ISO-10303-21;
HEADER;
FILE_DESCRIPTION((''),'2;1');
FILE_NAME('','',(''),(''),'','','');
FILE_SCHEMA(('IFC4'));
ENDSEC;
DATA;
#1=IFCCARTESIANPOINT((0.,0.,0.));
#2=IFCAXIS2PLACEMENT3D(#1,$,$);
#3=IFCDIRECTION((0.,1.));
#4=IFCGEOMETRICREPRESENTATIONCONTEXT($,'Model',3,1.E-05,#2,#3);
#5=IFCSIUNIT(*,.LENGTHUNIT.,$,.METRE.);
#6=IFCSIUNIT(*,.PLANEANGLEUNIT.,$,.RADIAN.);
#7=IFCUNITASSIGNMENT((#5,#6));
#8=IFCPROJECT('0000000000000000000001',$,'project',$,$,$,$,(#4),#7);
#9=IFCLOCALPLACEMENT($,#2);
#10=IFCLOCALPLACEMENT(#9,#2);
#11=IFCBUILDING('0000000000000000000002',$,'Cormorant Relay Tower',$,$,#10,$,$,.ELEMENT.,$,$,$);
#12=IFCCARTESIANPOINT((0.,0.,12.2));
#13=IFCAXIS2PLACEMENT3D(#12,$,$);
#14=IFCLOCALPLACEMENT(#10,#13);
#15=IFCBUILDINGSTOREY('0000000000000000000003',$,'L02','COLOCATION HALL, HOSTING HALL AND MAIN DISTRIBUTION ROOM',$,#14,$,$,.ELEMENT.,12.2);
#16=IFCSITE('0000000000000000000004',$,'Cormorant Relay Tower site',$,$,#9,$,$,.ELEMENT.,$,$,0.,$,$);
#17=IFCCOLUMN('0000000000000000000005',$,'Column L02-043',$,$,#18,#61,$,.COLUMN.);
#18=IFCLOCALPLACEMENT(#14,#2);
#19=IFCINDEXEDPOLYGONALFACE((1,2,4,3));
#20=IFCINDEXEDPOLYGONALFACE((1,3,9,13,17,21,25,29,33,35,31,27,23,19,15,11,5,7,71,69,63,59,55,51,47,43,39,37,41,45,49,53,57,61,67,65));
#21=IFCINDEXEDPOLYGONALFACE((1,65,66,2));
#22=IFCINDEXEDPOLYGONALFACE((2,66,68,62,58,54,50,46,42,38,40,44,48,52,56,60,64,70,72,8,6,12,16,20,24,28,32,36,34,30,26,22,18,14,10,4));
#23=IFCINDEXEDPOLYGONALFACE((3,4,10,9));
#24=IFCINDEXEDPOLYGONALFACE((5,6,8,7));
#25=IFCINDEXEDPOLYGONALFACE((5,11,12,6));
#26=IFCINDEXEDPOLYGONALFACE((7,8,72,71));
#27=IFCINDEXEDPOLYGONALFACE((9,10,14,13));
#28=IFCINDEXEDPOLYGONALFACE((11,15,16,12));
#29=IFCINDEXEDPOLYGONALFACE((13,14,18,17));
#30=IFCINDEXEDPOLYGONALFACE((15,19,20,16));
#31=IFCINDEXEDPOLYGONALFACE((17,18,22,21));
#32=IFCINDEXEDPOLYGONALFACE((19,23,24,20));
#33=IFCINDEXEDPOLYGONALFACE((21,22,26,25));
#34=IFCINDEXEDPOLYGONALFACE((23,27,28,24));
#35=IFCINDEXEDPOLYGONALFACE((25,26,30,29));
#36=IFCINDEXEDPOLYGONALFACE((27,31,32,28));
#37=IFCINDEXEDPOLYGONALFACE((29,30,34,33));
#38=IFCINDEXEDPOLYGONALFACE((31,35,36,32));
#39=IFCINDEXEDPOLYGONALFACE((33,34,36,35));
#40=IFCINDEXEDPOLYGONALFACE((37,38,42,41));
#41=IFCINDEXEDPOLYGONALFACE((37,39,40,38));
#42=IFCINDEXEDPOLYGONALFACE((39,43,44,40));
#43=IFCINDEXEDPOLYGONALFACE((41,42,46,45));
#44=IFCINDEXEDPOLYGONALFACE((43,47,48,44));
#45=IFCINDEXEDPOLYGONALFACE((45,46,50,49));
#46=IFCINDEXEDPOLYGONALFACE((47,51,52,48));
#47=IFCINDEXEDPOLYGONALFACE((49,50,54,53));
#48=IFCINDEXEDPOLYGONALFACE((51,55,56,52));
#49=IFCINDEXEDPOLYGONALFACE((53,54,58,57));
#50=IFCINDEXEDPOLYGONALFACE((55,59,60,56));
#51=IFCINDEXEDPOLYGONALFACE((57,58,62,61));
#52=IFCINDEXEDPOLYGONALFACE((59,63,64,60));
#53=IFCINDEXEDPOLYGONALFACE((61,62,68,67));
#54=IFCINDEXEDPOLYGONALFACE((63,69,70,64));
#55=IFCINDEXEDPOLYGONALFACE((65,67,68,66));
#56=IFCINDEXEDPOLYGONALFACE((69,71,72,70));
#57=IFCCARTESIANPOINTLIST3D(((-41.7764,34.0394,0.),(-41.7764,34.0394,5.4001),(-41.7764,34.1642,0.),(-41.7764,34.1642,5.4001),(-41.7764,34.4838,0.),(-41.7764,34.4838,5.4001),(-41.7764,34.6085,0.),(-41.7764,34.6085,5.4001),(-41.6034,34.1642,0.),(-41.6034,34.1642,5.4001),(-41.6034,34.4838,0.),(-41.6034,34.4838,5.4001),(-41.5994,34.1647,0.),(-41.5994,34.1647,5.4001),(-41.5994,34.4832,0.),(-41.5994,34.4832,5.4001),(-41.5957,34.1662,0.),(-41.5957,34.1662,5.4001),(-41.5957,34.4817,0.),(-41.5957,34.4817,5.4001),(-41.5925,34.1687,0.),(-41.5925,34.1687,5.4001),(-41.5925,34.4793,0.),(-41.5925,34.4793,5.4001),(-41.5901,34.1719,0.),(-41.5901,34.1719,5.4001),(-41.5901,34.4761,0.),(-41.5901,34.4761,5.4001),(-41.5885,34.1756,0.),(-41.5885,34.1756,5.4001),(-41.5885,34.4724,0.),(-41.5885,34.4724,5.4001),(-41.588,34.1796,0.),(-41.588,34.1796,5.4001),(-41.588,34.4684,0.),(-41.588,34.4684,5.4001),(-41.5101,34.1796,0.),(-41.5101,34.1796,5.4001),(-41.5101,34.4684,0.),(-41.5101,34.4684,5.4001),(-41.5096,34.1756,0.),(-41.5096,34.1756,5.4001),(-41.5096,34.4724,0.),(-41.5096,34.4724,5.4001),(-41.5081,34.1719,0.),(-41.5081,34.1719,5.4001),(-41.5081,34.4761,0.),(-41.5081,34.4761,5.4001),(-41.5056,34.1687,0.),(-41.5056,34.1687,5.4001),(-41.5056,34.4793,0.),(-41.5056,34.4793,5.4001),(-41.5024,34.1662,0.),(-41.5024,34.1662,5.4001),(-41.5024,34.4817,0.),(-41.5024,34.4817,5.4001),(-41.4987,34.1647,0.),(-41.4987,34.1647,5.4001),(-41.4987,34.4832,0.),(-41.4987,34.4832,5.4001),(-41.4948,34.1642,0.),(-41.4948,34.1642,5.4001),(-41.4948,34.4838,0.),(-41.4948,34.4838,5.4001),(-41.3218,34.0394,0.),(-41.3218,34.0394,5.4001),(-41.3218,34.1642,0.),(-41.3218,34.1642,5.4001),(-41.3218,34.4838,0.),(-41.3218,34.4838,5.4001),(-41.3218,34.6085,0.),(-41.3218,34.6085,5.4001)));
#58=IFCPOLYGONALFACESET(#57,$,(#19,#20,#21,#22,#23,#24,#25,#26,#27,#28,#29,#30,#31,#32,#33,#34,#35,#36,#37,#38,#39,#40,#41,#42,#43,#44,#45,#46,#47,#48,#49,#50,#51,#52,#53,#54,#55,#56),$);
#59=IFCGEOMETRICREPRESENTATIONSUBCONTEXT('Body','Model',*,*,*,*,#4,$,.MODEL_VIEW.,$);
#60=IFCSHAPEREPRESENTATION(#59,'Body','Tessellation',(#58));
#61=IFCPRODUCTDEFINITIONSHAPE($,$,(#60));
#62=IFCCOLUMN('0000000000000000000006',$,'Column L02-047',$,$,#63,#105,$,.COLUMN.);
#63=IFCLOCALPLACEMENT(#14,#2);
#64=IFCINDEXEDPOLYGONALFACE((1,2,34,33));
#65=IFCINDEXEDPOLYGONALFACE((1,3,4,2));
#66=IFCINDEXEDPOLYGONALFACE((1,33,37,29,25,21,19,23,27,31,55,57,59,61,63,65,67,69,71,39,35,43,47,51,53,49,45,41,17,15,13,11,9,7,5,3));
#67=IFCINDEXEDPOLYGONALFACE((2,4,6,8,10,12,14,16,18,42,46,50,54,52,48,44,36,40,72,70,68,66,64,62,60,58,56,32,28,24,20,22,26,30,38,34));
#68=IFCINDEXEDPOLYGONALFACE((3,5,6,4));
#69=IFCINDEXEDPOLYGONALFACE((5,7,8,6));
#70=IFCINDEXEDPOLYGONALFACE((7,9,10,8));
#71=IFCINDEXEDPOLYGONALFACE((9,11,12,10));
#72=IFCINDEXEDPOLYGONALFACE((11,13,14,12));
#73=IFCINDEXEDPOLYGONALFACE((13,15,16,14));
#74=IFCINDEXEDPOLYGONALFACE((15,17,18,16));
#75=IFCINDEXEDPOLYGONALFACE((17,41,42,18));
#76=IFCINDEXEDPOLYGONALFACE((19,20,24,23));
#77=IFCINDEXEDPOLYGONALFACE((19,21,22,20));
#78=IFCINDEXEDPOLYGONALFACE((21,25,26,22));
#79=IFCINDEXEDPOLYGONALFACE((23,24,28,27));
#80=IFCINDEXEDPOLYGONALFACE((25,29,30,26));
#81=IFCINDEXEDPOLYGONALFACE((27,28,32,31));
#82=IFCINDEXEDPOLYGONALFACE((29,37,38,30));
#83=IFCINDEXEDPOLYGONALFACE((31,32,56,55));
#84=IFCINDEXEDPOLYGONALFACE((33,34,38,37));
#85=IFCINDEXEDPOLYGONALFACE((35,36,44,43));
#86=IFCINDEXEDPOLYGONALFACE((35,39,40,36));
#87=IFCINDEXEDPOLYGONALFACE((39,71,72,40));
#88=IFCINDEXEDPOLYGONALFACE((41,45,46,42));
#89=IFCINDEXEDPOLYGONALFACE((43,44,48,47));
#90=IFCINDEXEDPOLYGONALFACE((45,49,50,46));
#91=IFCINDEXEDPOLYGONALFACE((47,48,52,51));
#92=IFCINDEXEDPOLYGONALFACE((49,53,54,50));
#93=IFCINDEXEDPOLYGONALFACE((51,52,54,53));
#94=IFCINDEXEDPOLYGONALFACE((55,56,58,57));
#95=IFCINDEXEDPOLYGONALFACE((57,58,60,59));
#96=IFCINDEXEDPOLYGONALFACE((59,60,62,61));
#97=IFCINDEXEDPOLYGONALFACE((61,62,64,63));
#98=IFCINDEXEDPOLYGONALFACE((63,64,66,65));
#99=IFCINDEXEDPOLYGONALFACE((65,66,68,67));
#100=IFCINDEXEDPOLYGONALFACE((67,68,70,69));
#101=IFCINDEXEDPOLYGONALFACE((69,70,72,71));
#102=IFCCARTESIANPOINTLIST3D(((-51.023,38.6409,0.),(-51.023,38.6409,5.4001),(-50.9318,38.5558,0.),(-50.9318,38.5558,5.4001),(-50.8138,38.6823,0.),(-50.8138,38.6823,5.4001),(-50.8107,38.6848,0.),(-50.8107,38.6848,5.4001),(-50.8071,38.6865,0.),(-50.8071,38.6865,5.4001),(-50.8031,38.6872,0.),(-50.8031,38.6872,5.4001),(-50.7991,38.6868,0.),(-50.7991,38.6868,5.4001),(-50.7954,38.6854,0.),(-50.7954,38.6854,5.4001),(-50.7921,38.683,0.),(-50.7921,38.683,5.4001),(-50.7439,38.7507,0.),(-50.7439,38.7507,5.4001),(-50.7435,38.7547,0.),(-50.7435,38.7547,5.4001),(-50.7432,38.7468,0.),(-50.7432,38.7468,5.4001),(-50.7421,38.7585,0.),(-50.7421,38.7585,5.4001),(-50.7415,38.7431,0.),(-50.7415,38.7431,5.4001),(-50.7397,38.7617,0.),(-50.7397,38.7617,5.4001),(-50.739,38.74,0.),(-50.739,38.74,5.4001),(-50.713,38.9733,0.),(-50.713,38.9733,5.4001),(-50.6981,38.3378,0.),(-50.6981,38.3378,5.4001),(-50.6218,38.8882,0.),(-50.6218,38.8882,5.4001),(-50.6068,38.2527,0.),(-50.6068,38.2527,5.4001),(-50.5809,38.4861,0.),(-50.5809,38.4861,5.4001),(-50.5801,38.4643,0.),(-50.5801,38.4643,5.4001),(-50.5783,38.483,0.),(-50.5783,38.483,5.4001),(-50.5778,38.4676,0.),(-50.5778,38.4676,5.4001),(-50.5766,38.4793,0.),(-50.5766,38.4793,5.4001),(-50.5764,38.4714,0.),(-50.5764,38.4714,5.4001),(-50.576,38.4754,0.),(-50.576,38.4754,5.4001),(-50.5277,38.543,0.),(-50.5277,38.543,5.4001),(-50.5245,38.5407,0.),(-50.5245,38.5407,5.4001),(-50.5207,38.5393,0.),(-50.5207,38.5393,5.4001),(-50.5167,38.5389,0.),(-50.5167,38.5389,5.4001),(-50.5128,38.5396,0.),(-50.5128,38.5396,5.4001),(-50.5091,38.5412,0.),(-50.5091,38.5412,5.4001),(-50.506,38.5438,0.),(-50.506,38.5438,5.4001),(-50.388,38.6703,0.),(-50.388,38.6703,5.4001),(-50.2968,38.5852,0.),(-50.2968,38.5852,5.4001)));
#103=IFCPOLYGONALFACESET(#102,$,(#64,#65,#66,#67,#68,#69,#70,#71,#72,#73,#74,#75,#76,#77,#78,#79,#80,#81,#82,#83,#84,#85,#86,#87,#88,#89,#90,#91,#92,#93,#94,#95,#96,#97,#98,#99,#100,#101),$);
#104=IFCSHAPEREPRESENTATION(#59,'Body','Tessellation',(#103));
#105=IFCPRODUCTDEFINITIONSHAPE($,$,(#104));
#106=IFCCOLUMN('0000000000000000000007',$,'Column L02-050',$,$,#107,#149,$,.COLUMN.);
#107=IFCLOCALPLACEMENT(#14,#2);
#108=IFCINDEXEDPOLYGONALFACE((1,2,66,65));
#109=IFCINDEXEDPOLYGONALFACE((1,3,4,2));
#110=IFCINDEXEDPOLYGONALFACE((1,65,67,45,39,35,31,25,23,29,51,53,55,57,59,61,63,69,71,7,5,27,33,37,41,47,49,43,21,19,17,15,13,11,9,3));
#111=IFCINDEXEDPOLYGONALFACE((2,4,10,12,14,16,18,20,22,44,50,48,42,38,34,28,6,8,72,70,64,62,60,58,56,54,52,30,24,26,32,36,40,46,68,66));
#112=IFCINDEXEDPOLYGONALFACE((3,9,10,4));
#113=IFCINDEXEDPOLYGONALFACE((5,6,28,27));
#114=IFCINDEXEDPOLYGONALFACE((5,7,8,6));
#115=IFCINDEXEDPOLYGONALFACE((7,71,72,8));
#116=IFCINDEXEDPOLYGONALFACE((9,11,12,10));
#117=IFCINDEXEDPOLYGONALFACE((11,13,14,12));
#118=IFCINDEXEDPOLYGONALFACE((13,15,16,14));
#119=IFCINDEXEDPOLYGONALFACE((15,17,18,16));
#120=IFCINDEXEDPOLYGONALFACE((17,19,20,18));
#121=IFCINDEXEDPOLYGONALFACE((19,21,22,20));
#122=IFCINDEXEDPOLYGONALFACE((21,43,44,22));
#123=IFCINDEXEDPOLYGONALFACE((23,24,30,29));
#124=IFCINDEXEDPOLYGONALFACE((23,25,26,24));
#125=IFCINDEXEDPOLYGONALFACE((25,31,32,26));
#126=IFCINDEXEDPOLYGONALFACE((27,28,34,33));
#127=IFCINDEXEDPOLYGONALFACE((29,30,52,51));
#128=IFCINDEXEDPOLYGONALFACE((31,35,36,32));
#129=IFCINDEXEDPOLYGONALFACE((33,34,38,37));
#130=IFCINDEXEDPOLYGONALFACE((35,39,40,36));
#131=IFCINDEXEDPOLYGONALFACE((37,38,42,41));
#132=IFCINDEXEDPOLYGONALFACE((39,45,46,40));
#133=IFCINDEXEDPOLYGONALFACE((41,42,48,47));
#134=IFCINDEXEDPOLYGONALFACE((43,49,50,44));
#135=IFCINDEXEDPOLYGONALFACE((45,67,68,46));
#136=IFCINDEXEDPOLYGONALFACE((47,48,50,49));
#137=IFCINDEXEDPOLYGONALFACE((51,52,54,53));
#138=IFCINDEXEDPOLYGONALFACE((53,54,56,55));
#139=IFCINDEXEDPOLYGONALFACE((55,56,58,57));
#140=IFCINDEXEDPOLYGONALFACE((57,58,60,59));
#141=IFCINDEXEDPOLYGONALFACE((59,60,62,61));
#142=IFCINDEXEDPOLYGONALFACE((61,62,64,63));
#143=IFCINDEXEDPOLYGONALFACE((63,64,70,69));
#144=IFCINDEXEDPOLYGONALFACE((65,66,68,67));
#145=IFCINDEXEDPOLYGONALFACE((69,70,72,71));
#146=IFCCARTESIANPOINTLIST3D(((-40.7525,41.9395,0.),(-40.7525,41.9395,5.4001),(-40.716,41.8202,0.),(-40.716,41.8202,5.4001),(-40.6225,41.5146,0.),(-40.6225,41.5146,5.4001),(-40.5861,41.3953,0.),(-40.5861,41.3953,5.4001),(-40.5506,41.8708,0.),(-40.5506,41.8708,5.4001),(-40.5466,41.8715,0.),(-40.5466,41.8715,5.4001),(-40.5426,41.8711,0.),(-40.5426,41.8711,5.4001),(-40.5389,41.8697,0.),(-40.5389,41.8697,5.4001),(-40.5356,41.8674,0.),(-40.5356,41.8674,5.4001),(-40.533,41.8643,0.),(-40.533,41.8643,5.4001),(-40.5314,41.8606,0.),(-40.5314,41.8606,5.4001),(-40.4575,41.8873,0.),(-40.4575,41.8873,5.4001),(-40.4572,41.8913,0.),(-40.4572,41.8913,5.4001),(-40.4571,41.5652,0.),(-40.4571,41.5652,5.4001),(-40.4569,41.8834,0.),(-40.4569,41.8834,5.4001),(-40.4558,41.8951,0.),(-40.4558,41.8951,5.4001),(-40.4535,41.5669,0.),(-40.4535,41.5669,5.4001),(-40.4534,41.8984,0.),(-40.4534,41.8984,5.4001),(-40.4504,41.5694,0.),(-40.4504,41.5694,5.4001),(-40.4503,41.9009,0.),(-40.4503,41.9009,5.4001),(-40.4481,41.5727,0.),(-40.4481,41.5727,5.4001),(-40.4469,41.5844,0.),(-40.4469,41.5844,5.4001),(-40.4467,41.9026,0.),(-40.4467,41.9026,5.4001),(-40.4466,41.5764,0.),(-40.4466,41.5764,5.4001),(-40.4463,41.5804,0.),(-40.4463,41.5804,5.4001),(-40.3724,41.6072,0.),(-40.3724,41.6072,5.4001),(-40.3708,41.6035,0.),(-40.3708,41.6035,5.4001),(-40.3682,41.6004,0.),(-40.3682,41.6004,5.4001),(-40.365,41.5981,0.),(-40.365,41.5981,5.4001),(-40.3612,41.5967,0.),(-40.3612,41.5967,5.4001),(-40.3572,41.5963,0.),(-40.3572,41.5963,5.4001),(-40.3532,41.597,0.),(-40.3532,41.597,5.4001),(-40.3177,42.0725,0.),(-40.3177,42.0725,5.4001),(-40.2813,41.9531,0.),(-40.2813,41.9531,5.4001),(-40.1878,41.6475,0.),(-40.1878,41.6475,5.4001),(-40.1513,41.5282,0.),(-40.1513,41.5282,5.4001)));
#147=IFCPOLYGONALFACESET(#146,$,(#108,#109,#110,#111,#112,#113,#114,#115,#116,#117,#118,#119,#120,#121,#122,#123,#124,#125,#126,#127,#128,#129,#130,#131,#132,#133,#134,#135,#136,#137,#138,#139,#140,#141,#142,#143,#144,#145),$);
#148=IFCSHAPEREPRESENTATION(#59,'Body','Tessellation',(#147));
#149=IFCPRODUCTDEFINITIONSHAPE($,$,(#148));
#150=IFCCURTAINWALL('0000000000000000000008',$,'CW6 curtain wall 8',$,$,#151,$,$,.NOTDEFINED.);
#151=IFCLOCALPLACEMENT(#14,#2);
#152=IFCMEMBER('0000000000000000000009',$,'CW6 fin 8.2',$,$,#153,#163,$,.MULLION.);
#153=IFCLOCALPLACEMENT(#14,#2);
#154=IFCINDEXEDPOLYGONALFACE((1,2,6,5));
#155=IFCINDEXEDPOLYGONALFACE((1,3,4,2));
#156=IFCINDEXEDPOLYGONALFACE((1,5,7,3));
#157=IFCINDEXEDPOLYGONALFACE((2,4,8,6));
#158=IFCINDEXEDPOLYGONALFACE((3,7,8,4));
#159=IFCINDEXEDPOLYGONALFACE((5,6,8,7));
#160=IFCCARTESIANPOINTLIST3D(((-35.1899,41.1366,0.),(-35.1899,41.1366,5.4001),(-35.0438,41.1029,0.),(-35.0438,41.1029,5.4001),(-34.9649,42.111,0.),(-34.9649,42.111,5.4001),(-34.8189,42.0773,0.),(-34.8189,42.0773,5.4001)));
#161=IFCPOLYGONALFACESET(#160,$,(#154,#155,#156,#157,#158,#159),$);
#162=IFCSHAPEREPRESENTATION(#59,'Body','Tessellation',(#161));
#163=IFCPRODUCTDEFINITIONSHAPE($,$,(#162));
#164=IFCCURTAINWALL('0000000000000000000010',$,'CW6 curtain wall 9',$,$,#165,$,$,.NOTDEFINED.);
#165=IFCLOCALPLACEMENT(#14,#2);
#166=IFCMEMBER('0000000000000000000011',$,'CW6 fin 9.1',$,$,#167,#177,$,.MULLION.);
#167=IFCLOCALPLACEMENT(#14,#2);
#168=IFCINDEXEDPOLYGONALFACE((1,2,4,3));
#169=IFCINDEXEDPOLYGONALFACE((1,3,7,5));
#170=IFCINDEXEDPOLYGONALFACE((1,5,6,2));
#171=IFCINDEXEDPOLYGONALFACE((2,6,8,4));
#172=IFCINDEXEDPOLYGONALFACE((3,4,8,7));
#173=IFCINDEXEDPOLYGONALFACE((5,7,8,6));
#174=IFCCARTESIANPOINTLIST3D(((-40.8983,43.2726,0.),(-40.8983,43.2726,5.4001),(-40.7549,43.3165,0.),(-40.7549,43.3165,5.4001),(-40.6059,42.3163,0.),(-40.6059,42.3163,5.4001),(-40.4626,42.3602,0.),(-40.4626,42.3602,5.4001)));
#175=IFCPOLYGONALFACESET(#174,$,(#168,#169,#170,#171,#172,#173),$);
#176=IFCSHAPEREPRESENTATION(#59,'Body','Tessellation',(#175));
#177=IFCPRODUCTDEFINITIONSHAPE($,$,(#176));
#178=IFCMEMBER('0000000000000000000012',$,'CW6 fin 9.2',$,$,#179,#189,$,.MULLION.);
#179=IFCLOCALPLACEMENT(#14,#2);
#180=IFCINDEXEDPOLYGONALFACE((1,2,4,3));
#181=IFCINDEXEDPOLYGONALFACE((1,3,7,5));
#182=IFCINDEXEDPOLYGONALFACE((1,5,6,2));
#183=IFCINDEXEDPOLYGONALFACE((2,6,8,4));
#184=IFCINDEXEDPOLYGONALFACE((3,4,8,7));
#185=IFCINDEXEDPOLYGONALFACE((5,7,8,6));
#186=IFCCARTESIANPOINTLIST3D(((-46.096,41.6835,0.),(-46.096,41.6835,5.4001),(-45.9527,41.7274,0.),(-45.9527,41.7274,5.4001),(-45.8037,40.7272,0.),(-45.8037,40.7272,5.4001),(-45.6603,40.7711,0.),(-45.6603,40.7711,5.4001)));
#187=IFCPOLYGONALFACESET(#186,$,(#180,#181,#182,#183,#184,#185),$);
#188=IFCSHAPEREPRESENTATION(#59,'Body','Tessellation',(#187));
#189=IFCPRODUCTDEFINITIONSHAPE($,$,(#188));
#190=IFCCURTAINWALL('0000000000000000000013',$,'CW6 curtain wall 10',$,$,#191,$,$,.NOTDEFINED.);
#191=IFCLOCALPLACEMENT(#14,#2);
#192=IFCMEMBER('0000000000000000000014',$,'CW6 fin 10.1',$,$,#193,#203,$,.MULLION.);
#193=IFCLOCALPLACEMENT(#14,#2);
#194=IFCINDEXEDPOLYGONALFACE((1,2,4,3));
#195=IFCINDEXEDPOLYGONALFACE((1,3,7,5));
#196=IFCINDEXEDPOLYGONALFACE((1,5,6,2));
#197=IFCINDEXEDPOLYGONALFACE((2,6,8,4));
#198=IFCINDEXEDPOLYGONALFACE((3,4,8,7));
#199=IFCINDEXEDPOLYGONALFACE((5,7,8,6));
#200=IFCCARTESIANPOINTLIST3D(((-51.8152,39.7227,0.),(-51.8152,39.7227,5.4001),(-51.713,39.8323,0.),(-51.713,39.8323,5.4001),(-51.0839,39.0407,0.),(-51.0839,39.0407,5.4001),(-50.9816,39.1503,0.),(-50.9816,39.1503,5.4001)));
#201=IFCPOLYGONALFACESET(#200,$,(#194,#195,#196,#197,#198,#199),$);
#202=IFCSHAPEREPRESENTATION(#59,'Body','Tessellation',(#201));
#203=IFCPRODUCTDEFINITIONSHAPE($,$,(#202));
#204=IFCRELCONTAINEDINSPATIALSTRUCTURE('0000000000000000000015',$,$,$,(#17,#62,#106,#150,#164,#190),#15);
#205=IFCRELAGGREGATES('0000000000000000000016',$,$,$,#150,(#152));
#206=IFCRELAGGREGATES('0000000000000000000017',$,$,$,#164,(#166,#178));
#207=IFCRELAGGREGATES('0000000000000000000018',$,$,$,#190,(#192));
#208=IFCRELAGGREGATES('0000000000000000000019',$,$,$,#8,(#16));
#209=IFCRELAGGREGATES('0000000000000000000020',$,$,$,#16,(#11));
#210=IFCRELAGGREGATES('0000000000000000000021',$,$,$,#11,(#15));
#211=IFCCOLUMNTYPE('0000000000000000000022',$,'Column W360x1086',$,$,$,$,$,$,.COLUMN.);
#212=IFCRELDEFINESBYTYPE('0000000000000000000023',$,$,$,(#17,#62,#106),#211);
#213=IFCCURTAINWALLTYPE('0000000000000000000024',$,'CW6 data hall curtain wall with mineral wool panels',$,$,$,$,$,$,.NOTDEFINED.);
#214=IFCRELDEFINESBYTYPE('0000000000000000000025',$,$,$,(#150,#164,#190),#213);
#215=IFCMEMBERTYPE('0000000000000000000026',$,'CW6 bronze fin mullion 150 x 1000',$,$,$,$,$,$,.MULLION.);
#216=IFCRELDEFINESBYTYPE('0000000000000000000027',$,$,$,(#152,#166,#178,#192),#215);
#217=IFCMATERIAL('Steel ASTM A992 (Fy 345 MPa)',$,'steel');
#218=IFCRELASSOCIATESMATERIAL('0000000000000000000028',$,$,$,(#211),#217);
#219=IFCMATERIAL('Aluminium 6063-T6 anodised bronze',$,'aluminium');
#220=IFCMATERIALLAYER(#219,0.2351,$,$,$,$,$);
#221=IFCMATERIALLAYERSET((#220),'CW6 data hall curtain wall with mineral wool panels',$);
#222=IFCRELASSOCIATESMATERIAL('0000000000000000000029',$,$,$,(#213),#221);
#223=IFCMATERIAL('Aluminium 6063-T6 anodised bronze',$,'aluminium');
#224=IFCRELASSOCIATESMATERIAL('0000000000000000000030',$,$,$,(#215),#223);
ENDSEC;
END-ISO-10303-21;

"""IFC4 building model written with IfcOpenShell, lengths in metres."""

from ifc_helpers import new_model, si_unit, direction, frame, origin, origin_2d, place, context, subcontext, project, spatial, rectangle, i_section, extrude, material, layer, layer_set, material_profile, profile_set, type_object, element, aggregate, save


model = new_model("IFC4")

# Units and contexts
model_context = context("Model", 3, precision=1e-05, world=origin(), true_north=direction((0.0, 1.0)))
body_context = subcontext(model_context, "Body", "Model", "MODEL_VIEW")
ifc_project = project(units=[si_unit("LENGTHUNIT", "METRE"), si_unit("PLANEANGLEUNIT", "RADIAN")], contexts=[model_context])

# Site, building, storey
site_placement = place(None, origin())
site = spatial("IfcSite", under=ifc_project, at=site_placement, Name="Cormorant Relay Tower site", CompositionType="ELEMENT", RefElevation=0.0)
building_placement = place(site_placement, origin())
building = spatial("IfcBuilding", under=site, at=building_placement, Name="Cormorant Relay Tower", CompositionType="ELEMENT")
storey_placement = place(building_placement, frame((0.0, 0.0, 12.2)))
storey = spatial("IfcBuildingStorey", under=building, at=storey_placement, Name="L02", Description="COLOCATION HALL, HOSTING HALL AND MAIN DISTRIBUTION ROOM", CompositionType="ELEMENT", Elevation=12.2)

# Columns
ifc_material_1 = material(Name="Steel ASTM A992 (Fy 345 MPa)", Category="steel")
ifc_material_profile_1 = material_profile(ifc_material_1, i_section(OverallWidth=0.4546, OverallDepth=0.5691, WebThickness=0.0779, FlangeThickness=0.1248, FilletRadius=0.0154, at=origin_2d()), Name="W360x1086")
ifc_profile_set_1 = profile_set([ifc_material_profile_1], Name="Steel ASTM A992 (Fy 345 MPa)")
column_type = type_object("IfcColumnType", Name="Column W360x1086", PredefinedType="COLUMN", material=ifc_profile_set_1)
for number, where, z_axis, x_axis, name in (
    (1, (-41.5491, 34.324, 0.0), (0.0, 0.0, 1.0), (1.0, 0.0, 0.0), "Column L02-043"),
    (2, (-50.6599, 38.613, 0.0), (0.0, 0.0, 1.0), (-0.681998, -0.731354, 0.0), "Column L02-047"),
    (3, (-40.4519, 41.7339, 0.0), (0.0, 0.0, 1.0), (-0.956305, -0.292372, 0.0), "Column L02-050"),
):
    element("IfcColumn", number, at=place(storey_placement, frame(where, z_axis=z_axis, x_axis=x_axis)), inside=storey, type_object=column_type, Name=name, PredefinedType="COLUMN", context=body_context, shape_type="SweptSolid", body=[
        extrude(i_section(OverallWidth=0.4546, OverallDepth=0.5691, WebThickness=0.0779, FlangeThickness=0.1248, FilletRadius=0.0154, at=origin_2d()), origin(), (0.0, 0.0, 1.0), 5.4001),
    ])

# Curtain wall, member
ifc_material_2 = material(Name="Aluminium 6063-T6 anodised bronze", Category="aluminium")
ifc_layer_1 = layer(ifc_material_2, 0.2351)
ifc_layer_set_1 = layer_set([ifc_layer_1], Name="CW6 data hall curtain wall with mineral wool panels")
curtain_wall_type = type_object("IfcCurtainWallType", Name="CW6 data hall curtain wall with mineral wool panels", PredefinedType="NOTDEFINED", material=ifc_layer_set_1)
curtain_wall_1_placement = place(storey_placement, origin())
curtain_wall_1 = element("IfcCurtainWall", 4, at=curtain_wall_1_placement, inside=storey, type_object=curtain_wall_type, Name="CW6 curtain wall 8", PredefinedType="NOTDEFINED")
ifc_material_3 = material(Name="Aluminium 6063-T6 anodised bronze", Category="aluminium")
ifc_material_profile_2 = material_profile(ifc_material_3, rectangle(XDim=0.1499, YDim=1.0, at=origin_2d()), Name="AL 150x1000")
ifc_profile_set_2 = profile_set([ifc_material_profile_2], Name="Aluminium 6063-T6 anodised bronze")
member_type_1 = type_object("IfcMemberType", Name="CW6 bronze fin mullion 150 x 1000", PredefinedType="MULLION", material=ifc_profile_set_2)
member_1_placement = place(storey_placement, frame((-35.0044, 41.6069, 0.0), z_axis=(0.0, 0.0, 1.0), x_axis=(-0.97437, 0.224951, 0.0)))
member_1 = element("IfcMember", 5, at=member_1_placement, type_object=member_type_1, Name="CW6 fin 8.2", PredefinedType="MULLION", context=body_context, shape_type="SweptSolid", body=[
    extrude(rectangle(XDim=0.1499, YDim=1.0, at=origin_2d()), origin(), (0.0, 0.0, 1.0), 5.4001),
])

# Curtain walls, members
curtain_wall_2_placement = place(storey_placement, origin())
curtain_wall_2 = element("IfcCurtainWall", 6, at=curtain_wall_2_placement, inside=storey, type_object=curtain_wall_type, Name="CW6 curtain wall 9", PredefinedType="NOTDEFINED")
member_2_placement = place(storey_placement, frame((-40.6804, 42.8164, 0.0), z_axis=(0.0, 0.0, 1.0), x_axis=(-0.956305, -0.292372, 0.0)))
member_2 = element("IfcMember", 7, at=member_2_placement, type_object=member_type_1, Name="CW6 fin 9.1", PredefinedType="MULLION", context=body_context, shape_type="SweptSolid", body=[
    extrude(rectangle(XDim=0.1499, YDim=1.0, at=origin_2d()), origin(), (0.0, 0.0, 1.0), 5.4001),
])
member_3_placement = place(storey_placement, frame((-45.8782, 41.2273, 0.0), z_axis=(0.0, 0.0, 1.0), x_axis=(-0.956305, -0.292372, 0.0)))
member_3 = element("IfcMember", 8, at=member_3_placement, type_object=member_type_1, Name="CW6 fin 9.2", PredefinedType="MULLION", context=body_context, shape_type="SweptSolid", body=[
    extrude(rectangle(XDim=0.1499, YDim=1.0, at=origin_2d()), origin(), (0.0, 0.0, 1.0), 5.4001),
])
curtain_wall_3_placement = place(storey_placement, origin())
curtain_wall_3 = element("IfcCurtainWall", 9, at=curtain_wall_3_placement, inside=storey, type_object=curtain_wall_type, Name="CW6 curtain wall 10", PredefinedType="NOTDEFINED")
member_4_placement = place(storey_placement, frame((-51.3984, 39.4365, 0.0), z_axis=(0.0, 0.0, 1.0), x_axis=(-0.681998, -0.731354, 0.0)))
member_4 = element("IfcMember", 10, at=member_4_placement, type_object=member_type_1, Name="CW6 fin 10.1", PredefinedType="MULLION", context=body_context, shape_type="SweptSolid", body=[
    extrude(rectangle(XDim=0.1499, YDim=1.0, at=origin_2d()), origin(), (0.0, 0.0, 1.0), 5.4001),
])

aggregate(curtain_wall_1, [member_1])
aggregate(curtain_wall_2, [member_2, member_3])
aggregate(curtain_wall_3, [member_4])

save(model, "model.ifc")
